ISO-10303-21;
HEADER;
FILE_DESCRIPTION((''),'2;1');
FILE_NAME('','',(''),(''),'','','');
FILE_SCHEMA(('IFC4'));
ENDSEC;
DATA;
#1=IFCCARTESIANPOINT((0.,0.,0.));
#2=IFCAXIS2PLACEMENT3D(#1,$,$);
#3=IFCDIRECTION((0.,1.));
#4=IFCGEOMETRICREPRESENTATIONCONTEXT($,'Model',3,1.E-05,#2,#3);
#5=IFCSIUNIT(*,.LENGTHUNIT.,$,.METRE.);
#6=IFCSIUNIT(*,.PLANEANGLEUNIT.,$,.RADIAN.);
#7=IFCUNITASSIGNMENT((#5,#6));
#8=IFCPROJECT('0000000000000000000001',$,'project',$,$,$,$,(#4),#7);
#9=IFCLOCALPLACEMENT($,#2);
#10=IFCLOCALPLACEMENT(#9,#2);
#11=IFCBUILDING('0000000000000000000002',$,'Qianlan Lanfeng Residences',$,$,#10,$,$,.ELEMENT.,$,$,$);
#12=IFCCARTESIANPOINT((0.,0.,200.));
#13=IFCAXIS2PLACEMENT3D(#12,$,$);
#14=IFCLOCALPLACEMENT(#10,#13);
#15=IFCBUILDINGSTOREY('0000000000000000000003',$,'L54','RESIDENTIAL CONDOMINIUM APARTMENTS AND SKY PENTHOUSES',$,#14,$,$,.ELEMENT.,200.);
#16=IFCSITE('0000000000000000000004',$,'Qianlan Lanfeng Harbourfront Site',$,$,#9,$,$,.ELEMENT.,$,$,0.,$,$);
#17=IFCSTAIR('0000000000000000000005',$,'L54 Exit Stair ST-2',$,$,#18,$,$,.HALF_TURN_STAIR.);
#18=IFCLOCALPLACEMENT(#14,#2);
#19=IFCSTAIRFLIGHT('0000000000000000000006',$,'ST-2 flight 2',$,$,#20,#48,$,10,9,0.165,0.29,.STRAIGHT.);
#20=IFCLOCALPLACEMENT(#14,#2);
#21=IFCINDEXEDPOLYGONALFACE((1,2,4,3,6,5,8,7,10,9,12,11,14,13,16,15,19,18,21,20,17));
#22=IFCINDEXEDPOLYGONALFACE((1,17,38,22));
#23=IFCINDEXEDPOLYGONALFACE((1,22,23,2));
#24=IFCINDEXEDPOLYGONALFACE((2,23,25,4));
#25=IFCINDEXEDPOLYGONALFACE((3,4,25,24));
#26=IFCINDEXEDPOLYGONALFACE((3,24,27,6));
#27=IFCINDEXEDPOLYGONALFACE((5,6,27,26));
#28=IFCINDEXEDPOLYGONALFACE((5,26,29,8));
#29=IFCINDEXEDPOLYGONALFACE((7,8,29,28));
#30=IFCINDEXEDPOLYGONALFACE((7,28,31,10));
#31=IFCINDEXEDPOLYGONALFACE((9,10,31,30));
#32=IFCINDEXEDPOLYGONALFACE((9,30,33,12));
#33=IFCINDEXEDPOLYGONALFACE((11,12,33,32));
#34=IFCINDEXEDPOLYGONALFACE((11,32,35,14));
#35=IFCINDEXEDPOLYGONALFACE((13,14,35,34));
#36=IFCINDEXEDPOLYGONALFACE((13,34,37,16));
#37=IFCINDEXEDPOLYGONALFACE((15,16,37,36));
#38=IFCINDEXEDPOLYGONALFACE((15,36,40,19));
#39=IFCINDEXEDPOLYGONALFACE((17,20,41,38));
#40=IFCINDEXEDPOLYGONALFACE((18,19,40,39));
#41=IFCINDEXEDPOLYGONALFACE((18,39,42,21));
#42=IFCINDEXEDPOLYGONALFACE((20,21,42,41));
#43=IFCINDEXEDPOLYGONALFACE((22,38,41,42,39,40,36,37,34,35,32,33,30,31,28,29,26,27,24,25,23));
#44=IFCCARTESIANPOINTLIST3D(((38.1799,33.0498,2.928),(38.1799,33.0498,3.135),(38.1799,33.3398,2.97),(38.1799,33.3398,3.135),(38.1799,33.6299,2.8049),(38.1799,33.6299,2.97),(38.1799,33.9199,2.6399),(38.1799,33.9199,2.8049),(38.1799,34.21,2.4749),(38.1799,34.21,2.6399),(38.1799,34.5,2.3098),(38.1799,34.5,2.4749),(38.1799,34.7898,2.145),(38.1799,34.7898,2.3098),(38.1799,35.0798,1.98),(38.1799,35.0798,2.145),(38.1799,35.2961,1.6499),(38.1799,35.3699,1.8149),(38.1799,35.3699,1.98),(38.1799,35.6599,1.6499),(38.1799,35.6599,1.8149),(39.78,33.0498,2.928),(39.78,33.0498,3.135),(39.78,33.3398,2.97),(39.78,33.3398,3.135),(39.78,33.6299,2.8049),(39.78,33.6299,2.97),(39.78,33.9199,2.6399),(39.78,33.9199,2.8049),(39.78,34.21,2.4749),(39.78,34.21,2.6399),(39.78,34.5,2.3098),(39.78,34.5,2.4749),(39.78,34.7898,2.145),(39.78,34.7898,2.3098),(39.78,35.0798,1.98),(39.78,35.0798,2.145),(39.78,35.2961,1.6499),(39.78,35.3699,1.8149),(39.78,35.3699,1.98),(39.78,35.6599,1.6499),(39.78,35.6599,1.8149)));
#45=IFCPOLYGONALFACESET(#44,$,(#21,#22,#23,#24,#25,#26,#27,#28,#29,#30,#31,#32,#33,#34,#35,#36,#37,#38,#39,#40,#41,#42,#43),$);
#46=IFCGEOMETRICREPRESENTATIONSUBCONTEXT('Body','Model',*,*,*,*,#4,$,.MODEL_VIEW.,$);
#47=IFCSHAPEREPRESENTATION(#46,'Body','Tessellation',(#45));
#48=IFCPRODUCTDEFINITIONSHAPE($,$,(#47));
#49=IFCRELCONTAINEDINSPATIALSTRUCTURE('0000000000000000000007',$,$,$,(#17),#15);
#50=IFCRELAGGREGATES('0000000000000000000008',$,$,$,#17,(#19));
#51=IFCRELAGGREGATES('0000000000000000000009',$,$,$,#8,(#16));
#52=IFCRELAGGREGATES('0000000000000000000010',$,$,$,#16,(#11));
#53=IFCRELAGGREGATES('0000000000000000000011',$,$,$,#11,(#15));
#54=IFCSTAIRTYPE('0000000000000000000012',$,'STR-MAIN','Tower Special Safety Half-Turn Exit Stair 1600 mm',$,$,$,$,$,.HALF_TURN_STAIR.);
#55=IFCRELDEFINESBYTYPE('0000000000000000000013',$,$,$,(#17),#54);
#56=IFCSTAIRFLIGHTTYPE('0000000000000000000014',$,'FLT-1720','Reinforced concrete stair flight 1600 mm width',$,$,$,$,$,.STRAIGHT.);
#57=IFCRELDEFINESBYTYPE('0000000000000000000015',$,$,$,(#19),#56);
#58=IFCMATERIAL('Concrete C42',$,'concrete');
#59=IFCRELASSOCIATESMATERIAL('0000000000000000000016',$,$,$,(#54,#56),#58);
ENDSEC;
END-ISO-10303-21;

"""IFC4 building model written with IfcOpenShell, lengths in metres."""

from ifc_helpers import new_model, si_unit, direction, frame, origin, place, context, subcontext, project, spatial, polyline, outline, extrude, material, type_object, element, aggregate, save


model = new_model("IFC4")

# Units and contexts
model_context = context("Model", 3, precision=1e-05, world=origin(), true_north=direction((0.0, 1.0)))
body_context = subcontext(model_context, "Body", "Model", "MODEL_VIEW")
ifc_project = project(units=[si_unit("LENGTHUNIT", "METRE"), si_unit("PLANEANGLEUNIT", "RADIAN")], contexts=[model_context])

# Site, building, storey
site_placement = place(None, origin())
site = spatial("IfcSite", under=ifc_project, at=site_placement, Name="Qianlan Lanfeng Harbourfront Site", CompositionType="ELEMENT", RefElevation=0.0)
building_placement = place(site_placement, origin())
building = spatial("IfcBuilding", under=site, at=building_placement, Name="Qianlan Lanfeng Residences", CompositionType="ELEMENT")
storey_placement = place(building_placement, frame((0.0, 0.0, 200.0)))
storey = spatial("IfcBuildingStorey", under=building, at=storey_placement, Name="L54", Description="RESIDENTIAL CONDOMINIUM APARTMENTS AND SKY PENTHOUSES", CompositionType="ELEMENT", Elevation=200.0)

# Shared definitions
ifc_material_1 = material(Name="Concrete C42", Category="concrete")

# Stair, stair flight
stair_type = type_object("IfcStairType", Name="STR-MAIN", Description="Tower Special Safety Half-Turn Exit Stair 1600 mm", PredefinedType="HALF_TURN_STAIR", material=ifc_material_1)
stair_placement = place(storey_placement, origin())
stair = element("IfcStair", 1, at=stair_placement, inside=storey, type_object=stair_type, Name="L54 Exit Stair ST-2", PredefinedType="HALF_TURN_STAIR")
stair_flight_type = type_object("IfcStairFlightType", Name="FLT-1720", Description="Reinforced concrete stair flight 1600 mm width", PredefinedType="STRAIGHT", material=ifc_material_1)
stair_flight_1_placement = place(storey_placement, frame((38.98, 35.6599, 1.6499), z_axis=(0.0, 0.0, 1.0), x_axis=(0.0, -1.0, 0.0)))
stair_flight_1 = element("IfcStairFlight", 2, at=stair_flight_1_placement, type_object=stair_flight_type, Name="ST-2 flight 2", NumberOfRisers=10, NumberOfTreads=9, PredefinedType="STRAIGHT", RiserHeight=0.165, TreadLength=0.29, context=body_context, shape_type="SweptSolid", body=[
    extrude(outline(polyline([(0.0, 0.0), (0.0, 0.165), (0.29, 0.165), (0.29, 0.3301), (0.5801, 0.3301), (0.5801, 0.4951), (0.8701, 0.4951), (0.8701, 0.6599), (1.1599, 0.6599), (1.1599, 0.825), (1.45, 0.825), (1.45, 0.99), (1.74, 0.99), (1.74, 1.155), (2.03, 1.155), (2.03, 1.3201), (2.3201, 1.3201), (2.3201, 1.4851), (2.6101, 1.4851), (2.6101, 1.6499), (2.6101, 1.2781), (0.3638, 0.0), (0.0, 0.0)])), frame((0.0, 0.8, 0.0), z_axis=(0.0, -1.0, 0.0), x_axis=(1.0, 0.0, 0.0)), (0.0, 0.0, 1.0), 1.6001),
])
aggregate(stair, [stair_flight_1])

save(model, "model.ifc")
